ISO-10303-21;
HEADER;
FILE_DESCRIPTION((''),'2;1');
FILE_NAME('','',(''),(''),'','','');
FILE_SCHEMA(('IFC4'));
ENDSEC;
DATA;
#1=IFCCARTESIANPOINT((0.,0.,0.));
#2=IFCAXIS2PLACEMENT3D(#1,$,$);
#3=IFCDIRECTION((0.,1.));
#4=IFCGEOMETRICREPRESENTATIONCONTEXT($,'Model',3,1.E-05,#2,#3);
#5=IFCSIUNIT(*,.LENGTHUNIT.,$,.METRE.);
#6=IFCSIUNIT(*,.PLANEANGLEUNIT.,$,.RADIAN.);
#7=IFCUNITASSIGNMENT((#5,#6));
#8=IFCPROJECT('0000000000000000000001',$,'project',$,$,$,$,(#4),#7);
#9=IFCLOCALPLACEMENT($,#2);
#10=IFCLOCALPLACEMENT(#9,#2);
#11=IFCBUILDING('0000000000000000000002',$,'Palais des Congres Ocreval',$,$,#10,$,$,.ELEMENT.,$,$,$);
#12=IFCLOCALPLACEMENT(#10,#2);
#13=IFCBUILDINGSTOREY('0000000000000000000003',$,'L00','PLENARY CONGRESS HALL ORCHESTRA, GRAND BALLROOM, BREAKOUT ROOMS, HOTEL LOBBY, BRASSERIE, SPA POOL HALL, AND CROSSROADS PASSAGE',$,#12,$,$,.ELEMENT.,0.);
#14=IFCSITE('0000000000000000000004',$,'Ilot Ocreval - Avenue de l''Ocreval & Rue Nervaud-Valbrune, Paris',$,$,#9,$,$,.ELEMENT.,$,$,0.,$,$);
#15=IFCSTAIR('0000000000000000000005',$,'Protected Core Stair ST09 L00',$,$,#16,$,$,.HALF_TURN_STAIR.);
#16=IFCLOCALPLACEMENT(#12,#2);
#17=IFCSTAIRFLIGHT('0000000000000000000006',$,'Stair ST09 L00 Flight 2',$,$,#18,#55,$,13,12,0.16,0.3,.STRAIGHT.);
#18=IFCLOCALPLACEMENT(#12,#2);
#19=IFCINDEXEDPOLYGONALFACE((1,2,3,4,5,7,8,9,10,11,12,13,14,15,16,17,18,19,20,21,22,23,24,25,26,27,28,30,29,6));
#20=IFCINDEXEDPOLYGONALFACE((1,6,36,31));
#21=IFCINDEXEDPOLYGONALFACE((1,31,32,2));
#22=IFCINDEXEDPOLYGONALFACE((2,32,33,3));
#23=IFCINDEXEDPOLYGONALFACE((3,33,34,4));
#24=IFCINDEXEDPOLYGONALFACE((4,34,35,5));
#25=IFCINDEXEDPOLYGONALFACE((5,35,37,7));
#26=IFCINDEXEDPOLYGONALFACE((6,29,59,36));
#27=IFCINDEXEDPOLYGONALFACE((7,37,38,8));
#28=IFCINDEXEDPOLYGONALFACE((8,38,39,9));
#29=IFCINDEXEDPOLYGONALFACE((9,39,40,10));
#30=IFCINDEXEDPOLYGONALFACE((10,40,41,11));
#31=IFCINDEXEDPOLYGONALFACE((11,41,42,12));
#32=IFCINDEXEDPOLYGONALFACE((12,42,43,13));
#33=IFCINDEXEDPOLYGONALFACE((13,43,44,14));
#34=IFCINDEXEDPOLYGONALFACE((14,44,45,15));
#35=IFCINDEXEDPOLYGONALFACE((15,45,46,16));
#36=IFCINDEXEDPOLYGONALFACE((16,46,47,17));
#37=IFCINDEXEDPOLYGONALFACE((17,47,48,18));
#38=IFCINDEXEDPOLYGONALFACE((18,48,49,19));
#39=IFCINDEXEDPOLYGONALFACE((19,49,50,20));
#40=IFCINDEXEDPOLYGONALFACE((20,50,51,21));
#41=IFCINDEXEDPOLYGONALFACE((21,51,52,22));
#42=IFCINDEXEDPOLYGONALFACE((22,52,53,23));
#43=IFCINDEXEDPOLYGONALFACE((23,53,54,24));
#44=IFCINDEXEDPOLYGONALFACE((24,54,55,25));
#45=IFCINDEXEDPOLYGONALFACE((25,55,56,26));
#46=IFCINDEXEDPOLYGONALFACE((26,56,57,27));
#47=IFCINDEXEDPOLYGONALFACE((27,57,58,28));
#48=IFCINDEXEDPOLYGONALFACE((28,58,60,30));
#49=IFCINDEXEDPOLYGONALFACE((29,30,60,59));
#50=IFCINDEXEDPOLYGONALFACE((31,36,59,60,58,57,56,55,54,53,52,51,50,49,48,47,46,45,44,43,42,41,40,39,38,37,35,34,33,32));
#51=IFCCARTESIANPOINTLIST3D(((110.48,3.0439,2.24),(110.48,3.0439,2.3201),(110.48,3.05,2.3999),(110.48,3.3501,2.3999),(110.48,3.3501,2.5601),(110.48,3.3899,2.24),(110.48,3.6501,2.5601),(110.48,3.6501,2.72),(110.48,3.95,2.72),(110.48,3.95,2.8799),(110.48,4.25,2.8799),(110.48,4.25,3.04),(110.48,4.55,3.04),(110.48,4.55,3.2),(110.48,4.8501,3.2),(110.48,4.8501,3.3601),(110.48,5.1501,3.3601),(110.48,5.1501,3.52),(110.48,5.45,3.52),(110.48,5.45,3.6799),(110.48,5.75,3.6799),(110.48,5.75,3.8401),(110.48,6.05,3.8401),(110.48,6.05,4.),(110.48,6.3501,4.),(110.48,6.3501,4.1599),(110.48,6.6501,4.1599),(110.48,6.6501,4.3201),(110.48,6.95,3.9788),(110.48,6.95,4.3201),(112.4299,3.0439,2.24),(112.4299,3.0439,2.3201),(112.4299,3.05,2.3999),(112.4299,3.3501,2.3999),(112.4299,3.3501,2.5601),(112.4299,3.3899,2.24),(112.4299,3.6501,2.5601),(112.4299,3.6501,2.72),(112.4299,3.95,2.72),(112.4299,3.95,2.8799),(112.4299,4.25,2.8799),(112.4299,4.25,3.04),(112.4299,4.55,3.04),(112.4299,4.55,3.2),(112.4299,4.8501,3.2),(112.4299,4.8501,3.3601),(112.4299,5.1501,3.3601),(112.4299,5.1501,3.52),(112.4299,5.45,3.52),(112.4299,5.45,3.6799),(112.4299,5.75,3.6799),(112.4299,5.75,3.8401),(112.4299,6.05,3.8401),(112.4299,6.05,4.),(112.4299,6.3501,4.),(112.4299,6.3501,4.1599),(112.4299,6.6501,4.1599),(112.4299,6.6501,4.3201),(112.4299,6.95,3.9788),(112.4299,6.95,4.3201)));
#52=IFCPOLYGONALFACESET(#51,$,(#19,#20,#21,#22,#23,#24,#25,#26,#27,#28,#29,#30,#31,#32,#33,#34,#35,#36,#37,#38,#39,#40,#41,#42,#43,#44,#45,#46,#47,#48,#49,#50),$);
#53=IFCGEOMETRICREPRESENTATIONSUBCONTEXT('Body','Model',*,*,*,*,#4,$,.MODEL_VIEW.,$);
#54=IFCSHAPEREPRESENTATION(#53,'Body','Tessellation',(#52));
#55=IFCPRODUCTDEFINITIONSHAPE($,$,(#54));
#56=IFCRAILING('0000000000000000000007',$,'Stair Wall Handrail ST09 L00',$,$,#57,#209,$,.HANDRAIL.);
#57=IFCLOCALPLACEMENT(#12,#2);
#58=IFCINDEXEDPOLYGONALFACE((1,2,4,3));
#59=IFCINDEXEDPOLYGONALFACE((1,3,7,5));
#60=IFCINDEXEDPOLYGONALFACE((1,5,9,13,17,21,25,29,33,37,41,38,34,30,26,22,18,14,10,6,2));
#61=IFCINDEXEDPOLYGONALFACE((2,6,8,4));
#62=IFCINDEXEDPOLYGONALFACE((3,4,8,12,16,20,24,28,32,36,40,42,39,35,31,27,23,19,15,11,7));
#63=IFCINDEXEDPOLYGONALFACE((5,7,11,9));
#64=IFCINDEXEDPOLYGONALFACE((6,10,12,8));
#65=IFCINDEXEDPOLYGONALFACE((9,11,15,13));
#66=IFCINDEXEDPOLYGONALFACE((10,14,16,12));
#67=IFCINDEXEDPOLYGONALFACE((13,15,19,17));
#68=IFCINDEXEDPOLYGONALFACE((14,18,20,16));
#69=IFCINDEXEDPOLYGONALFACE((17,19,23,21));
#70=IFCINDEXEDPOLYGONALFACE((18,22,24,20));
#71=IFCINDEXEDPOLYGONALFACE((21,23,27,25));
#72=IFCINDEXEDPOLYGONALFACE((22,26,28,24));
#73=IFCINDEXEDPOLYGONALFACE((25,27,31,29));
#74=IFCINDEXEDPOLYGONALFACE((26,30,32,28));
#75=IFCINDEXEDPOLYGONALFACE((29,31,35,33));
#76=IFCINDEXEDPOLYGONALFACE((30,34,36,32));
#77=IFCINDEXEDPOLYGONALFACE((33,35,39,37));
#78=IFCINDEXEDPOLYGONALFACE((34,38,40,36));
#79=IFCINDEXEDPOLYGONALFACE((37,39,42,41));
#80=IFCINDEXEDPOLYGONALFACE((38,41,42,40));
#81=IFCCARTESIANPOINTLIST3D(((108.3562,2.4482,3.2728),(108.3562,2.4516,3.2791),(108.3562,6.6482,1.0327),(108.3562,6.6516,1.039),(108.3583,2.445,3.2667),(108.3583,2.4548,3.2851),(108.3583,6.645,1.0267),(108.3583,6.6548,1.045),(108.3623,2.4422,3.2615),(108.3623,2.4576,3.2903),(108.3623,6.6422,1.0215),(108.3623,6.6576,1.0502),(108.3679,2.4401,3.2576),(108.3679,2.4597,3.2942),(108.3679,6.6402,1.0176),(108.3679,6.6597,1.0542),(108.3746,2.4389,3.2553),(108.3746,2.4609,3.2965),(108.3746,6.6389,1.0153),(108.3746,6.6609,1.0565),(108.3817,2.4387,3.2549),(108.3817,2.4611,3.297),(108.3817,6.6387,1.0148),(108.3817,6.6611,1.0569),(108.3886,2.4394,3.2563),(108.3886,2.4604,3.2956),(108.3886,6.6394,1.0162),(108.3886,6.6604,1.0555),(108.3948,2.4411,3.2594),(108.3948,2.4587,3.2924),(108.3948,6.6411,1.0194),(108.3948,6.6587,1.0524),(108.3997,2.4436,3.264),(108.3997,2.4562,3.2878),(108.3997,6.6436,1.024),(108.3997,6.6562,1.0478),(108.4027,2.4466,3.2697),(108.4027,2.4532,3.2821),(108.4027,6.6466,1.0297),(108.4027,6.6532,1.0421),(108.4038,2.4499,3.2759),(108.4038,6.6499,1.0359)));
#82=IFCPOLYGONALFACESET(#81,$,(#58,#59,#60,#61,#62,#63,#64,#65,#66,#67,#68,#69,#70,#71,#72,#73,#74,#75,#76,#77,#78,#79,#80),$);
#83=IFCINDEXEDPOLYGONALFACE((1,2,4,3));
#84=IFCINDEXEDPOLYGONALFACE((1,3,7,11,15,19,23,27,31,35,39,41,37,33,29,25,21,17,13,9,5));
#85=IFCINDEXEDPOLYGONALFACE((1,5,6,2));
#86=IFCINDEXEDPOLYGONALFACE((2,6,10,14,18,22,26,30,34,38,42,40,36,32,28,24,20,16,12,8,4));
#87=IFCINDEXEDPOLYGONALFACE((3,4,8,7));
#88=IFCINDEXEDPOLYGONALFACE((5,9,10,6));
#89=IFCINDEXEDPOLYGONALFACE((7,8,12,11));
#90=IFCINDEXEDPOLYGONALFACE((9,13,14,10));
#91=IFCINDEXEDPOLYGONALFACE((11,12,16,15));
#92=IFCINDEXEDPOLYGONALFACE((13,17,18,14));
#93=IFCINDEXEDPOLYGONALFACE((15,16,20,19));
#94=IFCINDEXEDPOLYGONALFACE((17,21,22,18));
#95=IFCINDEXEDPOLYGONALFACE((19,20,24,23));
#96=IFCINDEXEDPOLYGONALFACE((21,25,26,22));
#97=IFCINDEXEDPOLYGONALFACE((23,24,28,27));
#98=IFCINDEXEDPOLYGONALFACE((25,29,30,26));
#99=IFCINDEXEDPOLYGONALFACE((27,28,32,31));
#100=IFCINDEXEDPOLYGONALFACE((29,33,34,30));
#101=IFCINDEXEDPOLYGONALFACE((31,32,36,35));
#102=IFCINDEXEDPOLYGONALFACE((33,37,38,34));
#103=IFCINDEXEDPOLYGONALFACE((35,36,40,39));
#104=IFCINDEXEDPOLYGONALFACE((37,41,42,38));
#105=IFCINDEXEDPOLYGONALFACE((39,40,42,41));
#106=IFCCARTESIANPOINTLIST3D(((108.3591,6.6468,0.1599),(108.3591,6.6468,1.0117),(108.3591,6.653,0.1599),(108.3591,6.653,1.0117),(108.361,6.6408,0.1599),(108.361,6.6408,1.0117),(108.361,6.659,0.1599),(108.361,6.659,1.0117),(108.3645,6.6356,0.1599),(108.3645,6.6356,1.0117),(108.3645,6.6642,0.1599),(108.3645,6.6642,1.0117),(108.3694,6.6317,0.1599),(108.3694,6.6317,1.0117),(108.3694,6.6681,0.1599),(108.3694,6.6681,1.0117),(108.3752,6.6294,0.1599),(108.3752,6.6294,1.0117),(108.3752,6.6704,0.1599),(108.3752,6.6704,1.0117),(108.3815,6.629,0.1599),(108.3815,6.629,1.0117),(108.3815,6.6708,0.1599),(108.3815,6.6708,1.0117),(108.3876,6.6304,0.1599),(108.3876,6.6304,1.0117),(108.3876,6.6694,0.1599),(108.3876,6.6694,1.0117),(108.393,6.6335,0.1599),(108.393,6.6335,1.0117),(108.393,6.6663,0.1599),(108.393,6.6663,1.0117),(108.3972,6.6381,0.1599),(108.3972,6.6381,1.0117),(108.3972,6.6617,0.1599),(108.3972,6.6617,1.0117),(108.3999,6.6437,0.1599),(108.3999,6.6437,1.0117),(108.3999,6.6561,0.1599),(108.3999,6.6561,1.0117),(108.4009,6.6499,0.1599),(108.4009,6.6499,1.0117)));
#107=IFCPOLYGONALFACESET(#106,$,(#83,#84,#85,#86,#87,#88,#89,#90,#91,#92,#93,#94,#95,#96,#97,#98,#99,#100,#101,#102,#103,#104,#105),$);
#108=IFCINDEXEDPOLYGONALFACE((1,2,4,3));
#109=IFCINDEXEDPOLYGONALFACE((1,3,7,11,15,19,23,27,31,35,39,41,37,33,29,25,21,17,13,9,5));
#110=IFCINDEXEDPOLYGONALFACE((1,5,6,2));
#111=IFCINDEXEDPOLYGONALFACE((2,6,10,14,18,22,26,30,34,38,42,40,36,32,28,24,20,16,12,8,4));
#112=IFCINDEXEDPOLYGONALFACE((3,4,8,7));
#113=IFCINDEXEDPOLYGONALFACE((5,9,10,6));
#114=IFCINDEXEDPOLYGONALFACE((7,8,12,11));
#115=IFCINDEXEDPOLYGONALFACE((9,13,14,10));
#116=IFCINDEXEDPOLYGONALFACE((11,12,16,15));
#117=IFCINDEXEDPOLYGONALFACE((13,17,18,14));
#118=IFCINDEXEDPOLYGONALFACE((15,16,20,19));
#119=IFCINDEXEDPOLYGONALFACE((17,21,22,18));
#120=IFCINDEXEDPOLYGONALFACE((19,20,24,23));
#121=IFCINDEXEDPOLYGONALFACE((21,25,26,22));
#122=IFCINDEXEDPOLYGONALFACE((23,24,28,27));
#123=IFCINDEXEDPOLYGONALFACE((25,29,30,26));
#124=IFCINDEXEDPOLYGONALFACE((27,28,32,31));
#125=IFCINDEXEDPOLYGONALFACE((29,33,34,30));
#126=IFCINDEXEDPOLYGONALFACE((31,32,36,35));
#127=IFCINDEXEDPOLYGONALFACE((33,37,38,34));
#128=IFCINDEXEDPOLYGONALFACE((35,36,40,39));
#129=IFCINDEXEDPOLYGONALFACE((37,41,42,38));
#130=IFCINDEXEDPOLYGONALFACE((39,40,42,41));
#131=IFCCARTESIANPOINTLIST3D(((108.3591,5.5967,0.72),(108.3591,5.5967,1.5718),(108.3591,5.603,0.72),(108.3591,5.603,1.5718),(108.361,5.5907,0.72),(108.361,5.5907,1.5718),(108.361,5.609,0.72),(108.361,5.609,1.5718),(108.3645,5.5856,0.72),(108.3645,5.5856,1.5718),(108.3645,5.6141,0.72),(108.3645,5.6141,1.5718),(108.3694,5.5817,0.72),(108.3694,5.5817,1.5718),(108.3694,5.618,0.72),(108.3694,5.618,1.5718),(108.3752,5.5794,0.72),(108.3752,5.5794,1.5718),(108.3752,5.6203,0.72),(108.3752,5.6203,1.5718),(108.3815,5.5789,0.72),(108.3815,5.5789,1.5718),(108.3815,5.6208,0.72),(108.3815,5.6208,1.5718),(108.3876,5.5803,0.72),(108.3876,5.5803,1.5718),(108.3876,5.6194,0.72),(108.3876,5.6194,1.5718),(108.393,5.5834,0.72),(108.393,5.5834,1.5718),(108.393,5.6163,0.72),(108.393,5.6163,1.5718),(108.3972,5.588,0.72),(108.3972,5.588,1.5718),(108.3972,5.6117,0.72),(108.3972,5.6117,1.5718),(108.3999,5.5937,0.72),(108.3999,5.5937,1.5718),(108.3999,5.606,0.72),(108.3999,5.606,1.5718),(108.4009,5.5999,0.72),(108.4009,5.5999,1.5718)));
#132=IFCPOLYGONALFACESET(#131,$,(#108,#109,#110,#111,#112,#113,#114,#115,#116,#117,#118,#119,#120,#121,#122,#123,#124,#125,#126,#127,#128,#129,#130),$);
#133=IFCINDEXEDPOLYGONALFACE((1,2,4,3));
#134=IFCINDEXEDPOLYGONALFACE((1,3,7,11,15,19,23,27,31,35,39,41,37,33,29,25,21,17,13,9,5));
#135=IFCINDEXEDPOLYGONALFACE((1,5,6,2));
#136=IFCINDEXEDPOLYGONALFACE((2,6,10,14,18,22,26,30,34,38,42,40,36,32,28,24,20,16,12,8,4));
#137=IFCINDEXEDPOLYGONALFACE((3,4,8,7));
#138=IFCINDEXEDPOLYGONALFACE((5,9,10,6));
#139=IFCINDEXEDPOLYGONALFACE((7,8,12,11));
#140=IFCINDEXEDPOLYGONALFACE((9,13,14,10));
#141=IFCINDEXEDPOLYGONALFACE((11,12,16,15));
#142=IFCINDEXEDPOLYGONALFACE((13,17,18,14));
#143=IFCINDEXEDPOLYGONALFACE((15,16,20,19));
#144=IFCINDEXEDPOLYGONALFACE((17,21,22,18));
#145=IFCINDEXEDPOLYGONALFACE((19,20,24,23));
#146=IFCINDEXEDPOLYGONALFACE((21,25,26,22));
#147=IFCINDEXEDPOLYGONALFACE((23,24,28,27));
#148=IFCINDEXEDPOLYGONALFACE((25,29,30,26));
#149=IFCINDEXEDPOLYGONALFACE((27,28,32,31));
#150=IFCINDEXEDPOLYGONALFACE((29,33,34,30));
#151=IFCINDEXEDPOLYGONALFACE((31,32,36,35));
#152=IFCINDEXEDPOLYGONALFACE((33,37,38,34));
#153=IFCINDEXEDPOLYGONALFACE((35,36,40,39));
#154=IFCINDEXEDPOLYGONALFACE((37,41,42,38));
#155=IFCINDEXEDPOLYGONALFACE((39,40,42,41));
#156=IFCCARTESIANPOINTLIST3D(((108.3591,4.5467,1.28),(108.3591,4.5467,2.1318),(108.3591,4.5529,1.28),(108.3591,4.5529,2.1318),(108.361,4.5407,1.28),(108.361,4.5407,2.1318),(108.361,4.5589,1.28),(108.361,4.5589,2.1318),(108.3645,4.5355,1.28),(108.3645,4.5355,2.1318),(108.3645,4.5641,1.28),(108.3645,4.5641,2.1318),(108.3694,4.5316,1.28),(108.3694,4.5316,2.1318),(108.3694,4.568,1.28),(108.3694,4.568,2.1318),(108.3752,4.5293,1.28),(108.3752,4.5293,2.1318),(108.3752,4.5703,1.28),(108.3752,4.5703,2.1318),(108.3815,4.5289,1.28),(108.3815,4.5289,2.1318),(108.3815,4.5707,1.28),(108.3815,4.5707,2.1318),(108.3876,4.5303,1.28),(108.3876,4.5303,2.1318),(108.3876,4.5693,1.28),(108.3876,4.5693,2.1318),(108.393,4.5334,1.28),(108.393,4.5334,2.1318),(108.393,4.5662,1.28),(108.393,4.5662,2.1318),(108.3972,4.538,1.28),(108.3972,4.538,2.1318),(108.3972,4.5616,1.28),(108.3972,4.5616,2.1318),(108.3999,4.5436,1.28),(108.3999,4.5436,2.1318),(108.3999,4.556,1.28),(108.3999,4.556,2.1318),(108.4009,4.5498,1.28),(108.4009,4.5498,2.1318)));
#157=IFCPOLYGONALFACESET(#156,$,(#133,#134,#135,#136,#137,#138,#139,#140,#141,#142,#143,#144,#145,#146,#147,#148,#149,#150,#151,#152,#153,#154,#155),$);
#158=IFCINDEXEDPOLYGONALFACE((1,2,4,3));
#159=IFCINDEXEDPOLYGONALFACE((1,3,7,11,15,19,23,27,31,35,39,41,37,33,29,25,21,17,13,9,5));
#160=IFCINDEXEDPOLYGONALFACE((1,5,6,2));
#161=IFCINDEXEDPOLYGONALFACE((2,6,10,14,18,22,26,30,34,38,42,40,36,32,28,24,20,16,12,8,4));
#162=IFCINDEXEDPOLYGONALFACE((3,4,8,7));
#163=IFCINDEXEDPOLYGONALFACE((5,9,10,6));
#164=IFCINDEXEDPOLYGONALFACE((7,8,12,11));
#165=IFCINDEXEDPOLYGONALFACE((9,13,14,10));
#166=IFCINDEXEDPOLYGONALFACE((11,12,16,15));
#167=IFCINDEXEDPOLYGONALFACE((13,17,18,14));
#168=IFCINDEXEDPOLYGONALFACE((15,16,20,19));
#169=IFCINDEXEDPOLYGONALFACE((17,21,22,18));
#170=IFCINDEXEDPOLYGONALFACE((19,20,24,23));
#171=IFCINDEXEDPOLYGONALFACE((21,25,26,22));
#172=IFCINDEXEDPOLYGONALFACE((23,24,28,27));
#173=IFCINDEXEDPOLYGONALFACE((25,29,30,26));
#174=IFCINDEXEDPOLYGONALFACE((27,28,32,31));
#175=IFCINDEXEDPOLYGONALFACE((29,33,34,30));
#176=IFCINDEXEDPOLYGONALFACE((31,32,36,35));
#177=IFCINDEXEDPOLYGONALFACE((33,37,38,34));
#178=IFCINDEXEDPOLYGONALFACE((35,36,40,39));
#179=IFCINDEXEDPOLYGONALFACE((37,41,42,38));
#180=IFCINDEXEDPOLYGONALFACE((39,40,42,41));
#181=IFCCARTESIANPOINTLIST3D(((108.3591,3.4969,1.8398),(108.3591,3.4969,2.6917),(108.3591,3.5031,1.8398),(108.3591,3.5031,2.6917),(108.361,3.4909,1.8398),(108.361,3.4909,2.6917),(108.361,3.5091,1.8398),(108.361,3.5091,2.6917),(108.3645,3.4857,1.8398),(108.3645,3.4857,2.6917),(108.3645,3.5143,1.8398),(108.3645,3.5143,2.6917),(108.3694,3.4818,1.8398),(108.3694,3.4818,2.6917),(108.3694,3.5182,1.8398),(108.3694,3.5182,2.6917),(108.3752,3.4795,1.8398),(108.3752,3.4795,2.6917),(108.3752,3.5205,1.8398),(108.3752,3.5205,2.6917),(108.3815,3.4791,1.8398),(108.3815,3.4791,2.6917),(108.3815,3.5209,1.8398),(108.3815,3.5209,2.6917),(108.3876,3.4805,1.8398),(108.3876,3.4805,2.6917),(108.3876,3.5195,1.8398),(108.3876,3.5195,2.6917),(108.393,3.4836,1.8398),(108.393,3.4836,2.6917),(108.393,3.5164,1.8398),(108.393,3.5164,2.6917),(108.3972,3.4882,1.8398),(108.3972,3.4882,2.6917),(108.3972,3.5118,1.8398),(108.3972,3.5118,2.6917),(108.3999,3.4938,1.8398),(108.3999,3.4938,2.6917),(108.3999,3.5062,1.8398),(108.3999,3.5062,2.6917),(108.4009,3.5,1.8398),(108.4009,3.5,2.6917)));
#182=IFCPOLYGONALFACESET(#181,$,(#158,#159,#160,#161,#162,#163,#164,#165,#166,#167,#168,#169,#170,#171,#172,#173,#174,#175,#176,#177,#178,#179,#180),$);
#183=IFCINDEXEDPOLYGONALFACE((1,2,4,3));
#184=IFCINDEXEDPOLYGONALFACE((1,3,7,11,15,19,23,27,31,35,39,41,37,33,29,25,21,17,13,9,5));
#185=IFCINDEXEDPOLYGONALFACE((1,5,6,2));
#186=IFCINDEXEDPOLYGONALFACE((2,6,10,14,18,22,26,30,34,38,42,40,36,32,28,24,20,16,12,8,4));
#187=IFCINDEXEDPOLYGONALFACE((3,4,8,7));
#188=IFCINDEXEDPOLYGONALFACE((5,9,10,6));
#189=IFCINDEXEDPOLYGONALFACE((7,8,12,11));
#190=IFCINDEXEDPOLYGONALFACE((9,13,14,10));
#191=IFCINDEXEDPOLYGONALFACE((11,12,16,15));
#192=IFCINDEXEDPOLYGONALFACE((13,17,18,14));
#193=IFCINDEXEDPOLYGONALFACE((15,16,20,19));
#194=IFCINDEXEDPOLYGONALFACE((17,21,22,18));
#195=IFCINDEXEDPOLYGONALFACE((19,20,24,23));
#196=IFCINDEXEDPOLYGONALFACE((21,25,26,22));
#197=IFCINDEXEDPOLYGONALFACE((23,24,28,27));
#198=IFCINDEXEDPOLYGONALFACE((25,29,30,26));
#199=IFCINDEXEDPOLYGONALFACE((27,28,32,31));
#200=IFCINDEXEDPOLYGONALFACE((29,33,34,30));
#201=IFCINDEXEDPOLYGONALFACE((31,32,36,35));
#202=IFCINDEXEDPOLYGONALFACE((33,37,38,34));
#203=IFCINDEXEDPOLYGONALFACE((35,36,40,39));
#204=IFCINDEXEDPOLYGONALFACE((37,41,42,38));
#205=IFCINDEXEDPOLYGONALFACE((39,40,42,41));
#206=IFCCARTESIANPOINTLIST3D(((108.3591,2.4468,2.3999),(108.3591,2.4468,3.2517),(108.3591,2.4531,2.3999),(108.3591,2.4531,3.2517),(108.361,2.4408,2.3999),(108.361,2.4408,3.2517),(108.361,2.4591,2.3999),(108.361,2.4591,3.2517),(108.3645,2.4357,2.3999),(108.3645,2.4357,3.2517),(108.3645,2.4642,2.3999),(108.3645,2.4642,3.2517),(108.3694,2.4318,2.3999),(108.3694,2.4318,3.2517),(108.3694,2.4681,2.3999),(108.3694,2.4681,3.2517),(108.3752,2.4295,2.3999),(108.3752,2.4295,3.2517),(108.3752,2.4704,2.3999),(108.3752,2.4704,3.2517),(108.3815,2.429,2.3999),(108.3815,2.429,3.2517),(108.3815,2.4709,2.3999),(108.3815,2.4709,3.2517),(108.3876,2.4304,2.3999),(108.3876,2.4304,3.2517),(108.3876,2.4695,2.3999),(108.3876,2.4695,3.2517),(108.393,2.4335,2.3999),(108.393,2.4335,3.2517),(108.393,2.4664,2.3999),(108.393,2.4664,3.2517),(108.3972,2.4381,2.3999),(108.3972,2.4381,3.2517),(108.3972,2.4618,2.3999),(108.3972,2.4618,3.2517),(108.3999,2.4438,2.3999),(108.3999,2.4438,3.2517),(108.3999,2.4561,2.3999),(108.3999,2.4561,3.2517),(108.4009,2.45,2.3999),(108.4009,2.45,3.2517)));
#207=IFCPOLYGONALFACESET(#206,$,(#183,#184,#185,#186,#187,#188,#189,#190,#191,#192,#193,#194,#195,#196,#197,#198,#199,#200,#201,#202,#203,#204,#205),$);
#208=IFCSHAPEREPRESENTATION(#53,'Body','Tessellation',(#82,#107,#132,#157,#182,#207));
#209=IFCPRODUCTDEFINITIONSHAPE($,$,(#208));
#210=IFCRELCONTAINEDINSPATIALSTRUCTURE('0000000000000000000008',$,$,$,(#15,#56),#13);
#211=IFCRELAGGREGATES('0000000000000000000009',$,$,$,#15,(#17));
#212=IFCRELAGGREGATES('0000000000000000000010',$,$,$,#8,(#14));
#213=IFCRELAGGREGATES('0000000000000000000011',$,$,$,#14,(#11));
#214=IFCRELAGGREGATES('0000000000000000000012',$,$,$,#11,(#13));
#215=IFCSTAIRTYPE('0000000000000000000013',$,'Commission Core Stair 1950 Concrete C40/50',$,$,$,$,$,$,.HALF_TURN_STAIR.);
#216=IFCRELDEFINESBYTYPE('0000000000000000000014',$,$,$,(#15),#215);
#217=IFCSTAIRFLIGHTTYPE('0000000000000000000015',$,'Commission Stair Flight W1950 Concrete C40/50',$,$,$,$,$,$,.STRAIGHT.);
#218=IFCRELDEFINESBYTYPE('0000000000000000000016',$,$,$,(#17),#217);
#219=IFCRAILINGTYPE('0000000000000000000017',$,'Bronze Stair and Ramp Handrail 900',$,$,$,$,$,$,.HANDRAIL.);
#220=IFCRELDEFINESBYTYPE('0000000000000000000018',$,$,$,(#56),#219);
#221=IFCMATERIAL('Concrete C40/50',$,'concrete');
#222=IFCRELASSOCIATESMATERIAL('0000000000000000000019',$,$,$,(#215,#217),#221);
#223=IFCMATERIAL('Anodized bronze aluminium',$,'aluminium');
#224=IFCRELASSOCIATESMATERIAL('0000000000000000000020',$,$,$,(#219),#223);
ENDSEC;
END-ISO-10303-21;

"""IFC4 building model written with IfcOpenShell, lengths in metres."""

from ifc_helpers import new_model, si_unit, direction, frame, origin, origin_2d, place, context, subcontext, project, spatial, polyline, circle, outline, extrude, material, type_object, element, aggregate, save


model = new_model("IFC4")

# Units and contexts
model_context = context("Model", 3, precision=1e-05, world=origin(), true_north=direction((0.0, 1.0)))
body_context = subcontext(model_context, "Body", "Model", "MODEL_VIEW")
ifc_project = project(units=[si_unit("LENGTHUNIT", "METRE"), si_unit("PLANEANGLEUNIT", "RADIAN")], contexts=[model_context])

# Site, building, storey
site_placement = place(None, origin())
site = spatial("IfcSite", under=ifc_project, at=site_placement, Name="Ilot Ocreval - Avenue de l'Ocreval & Rue Nervaud-Valbrune, Paris", CompositionType="ELEMENT", RefElevation=0.0)
building_placement = place(site_placement, origin())
building = spatial("IfcBuilding", under=site, at=building_placement, Name="Palais des Congres Ocreval", CompositionType="ELEMENT")
storey_placement = place(building_placement, origin())
storey = spatial("IfcBuildingStorey", under=building, at=storey_placement, Name="L00", Description="PLENARY CONGRESS HALL ORCHESTRA, GRAND BALLROOM, BREAKOUT ROOMS, HOTEL LOBBY, BRASSERIE, SPA POOL HALL, AND CROSSROADS PASSAGE", CompositionType="ELEMENT", Elevation=0.0)

# Shared definitions
ifc_material_1 = material(Name="Concrete C40/50", Category="concrete")

# Stair, stair flight
stair_type = type_object("IfcStairType", Name="Commission Core Stair 1950 Concrete C40/50", PredefinedType="HALF_TURN_STAIR", material=ifc_material_1)
stair_placement = place(storey_placement, origin())
stair = element("IfcStair", 1, at=stair_placement, inside=storey, type_object=stair_type, Name="Protected Core Stair ST09 L00", PredefinedType="HALF_TURN_STAIR")
stair_flight_type = type_object("IfcStairFlightType", Name="Commission Stair Flight W1950 Concrete C40/50", PredefinedType="STRAIGHT", material=ifc_material_1)
stair_flight_1_placement = place(storey_placement, frame((111.4551, 3.05, 2.24), z_axis=(0.0, 0.0, 1.0), x_axis=(0.0, 1.0, 0.0)))
stair_flight_1 = element("IfcStairFlight", 2, at=stair_flight_1_placement, type_object=stair_flight_type, Name="Stair ST09 L00 Flight 2", NumberOfRisers=13, NumberOfTreads=12, PredefinedType="STRAIGHT", RiserHeight=0.16, TreadLength=0.3, context=body_context, shape_type="SweptSolid", body=[
    extrude(outline(polyline([(-0.0061, 0.0), (-0.0061, 0.0801), (0.0, 0.1599), (0.3, 0.1599), (0.3, 0.3201), (0.6001, 0.3201), (0.6001, 0.48), (0.8999, 0.48), (0.8999, 0.6399), (1.2, 0.6399), (1.2, 0.8), (1.5, 0.8), (1.5, 0.96), (1.8, 0.96), (1.8, 1.1201), (2.1001, 1.1201), (2.1001, 1.28), (2.3999, 1.28), (2.3999, 1.4399), (2.7, 1.4399), (2.7, 1.6001), (3.0, 1.6001), (3.0, 1.76), (3.3, 1.76), (3.3, 1.9199), (3.6001, 1.9199), (3.6001, 2.0801), (3.8999, 2.0801), (3.8999, 1.7388), (0.3398, 0.0), (-0.0061, 0.0)])), frame((0.0, 0.9751, 0.0), z_axis=(0.0, -1.0, 0.0), x_axis=(1.0, 0.0, 0.0)), (0.0, 0.0, 1.0), 1.95),
])
aggregate(stair, [stair_flight_1])

# Railing
ifc_material_2 = material(Name="Anodized bronze aluminium", Category="aluminium")
railing_type_1 = type_object("IfcRailingType", Name="Bronze Stair and Ramp Handrail 900", PredefinedType="HANDRAIL", material=ifc_material_2)
railing_1_placement = place(storey_placement, frame((108.3799, 6.6499, 0.1599)))
element("IfcRailing", 3, at=railing_1_placement, inside=storey, type_object=railing_type_1, Name="Stair Wall Handrail ST09 L00", PredefinedType="HANDRAIL", context=body_context, shape_type="SweptSolid", body=[
    extrude(circle(Radius=0.0239, at=origin_2d()), frame((0.0, 0.0, 0.876), z_axis=(0.0, -0.882352, 0.470591), x_axis=(1.0, 0.0, 0.0)), (0.0, 0.0, 1.0), 4.76),
    extrude(circle(Radius=0.021, at=origin_2d()), origin(), (0.0, 0.0, 1.0), 0.8518),
    extrude(circle(Radius=0.021, at=origin_2d()), frame((0.0, -1.05, 0.5601)), (0.0, 0.0, 1.0), 0.8518),
    extrude(circle(Radius=0.021, at=origin_2d()), frame((0.0, -2.1001, 1.1201)), (0.0, 0.0, 1.0), 0.8518),
    extrude(circle(Radius=0.021, at=origin_2d()), frame((0.0, -3.1499, 1.6799)), (0.0, 0.0, 1.0), 0.8518),
    extrude(circle(Radius=0.021, at=origin_2d()), frame((0.0, -4.2, 2.24)), (0.0, 0.0, 1.0), 0.8518),
])

save(model, "model.ifc")
